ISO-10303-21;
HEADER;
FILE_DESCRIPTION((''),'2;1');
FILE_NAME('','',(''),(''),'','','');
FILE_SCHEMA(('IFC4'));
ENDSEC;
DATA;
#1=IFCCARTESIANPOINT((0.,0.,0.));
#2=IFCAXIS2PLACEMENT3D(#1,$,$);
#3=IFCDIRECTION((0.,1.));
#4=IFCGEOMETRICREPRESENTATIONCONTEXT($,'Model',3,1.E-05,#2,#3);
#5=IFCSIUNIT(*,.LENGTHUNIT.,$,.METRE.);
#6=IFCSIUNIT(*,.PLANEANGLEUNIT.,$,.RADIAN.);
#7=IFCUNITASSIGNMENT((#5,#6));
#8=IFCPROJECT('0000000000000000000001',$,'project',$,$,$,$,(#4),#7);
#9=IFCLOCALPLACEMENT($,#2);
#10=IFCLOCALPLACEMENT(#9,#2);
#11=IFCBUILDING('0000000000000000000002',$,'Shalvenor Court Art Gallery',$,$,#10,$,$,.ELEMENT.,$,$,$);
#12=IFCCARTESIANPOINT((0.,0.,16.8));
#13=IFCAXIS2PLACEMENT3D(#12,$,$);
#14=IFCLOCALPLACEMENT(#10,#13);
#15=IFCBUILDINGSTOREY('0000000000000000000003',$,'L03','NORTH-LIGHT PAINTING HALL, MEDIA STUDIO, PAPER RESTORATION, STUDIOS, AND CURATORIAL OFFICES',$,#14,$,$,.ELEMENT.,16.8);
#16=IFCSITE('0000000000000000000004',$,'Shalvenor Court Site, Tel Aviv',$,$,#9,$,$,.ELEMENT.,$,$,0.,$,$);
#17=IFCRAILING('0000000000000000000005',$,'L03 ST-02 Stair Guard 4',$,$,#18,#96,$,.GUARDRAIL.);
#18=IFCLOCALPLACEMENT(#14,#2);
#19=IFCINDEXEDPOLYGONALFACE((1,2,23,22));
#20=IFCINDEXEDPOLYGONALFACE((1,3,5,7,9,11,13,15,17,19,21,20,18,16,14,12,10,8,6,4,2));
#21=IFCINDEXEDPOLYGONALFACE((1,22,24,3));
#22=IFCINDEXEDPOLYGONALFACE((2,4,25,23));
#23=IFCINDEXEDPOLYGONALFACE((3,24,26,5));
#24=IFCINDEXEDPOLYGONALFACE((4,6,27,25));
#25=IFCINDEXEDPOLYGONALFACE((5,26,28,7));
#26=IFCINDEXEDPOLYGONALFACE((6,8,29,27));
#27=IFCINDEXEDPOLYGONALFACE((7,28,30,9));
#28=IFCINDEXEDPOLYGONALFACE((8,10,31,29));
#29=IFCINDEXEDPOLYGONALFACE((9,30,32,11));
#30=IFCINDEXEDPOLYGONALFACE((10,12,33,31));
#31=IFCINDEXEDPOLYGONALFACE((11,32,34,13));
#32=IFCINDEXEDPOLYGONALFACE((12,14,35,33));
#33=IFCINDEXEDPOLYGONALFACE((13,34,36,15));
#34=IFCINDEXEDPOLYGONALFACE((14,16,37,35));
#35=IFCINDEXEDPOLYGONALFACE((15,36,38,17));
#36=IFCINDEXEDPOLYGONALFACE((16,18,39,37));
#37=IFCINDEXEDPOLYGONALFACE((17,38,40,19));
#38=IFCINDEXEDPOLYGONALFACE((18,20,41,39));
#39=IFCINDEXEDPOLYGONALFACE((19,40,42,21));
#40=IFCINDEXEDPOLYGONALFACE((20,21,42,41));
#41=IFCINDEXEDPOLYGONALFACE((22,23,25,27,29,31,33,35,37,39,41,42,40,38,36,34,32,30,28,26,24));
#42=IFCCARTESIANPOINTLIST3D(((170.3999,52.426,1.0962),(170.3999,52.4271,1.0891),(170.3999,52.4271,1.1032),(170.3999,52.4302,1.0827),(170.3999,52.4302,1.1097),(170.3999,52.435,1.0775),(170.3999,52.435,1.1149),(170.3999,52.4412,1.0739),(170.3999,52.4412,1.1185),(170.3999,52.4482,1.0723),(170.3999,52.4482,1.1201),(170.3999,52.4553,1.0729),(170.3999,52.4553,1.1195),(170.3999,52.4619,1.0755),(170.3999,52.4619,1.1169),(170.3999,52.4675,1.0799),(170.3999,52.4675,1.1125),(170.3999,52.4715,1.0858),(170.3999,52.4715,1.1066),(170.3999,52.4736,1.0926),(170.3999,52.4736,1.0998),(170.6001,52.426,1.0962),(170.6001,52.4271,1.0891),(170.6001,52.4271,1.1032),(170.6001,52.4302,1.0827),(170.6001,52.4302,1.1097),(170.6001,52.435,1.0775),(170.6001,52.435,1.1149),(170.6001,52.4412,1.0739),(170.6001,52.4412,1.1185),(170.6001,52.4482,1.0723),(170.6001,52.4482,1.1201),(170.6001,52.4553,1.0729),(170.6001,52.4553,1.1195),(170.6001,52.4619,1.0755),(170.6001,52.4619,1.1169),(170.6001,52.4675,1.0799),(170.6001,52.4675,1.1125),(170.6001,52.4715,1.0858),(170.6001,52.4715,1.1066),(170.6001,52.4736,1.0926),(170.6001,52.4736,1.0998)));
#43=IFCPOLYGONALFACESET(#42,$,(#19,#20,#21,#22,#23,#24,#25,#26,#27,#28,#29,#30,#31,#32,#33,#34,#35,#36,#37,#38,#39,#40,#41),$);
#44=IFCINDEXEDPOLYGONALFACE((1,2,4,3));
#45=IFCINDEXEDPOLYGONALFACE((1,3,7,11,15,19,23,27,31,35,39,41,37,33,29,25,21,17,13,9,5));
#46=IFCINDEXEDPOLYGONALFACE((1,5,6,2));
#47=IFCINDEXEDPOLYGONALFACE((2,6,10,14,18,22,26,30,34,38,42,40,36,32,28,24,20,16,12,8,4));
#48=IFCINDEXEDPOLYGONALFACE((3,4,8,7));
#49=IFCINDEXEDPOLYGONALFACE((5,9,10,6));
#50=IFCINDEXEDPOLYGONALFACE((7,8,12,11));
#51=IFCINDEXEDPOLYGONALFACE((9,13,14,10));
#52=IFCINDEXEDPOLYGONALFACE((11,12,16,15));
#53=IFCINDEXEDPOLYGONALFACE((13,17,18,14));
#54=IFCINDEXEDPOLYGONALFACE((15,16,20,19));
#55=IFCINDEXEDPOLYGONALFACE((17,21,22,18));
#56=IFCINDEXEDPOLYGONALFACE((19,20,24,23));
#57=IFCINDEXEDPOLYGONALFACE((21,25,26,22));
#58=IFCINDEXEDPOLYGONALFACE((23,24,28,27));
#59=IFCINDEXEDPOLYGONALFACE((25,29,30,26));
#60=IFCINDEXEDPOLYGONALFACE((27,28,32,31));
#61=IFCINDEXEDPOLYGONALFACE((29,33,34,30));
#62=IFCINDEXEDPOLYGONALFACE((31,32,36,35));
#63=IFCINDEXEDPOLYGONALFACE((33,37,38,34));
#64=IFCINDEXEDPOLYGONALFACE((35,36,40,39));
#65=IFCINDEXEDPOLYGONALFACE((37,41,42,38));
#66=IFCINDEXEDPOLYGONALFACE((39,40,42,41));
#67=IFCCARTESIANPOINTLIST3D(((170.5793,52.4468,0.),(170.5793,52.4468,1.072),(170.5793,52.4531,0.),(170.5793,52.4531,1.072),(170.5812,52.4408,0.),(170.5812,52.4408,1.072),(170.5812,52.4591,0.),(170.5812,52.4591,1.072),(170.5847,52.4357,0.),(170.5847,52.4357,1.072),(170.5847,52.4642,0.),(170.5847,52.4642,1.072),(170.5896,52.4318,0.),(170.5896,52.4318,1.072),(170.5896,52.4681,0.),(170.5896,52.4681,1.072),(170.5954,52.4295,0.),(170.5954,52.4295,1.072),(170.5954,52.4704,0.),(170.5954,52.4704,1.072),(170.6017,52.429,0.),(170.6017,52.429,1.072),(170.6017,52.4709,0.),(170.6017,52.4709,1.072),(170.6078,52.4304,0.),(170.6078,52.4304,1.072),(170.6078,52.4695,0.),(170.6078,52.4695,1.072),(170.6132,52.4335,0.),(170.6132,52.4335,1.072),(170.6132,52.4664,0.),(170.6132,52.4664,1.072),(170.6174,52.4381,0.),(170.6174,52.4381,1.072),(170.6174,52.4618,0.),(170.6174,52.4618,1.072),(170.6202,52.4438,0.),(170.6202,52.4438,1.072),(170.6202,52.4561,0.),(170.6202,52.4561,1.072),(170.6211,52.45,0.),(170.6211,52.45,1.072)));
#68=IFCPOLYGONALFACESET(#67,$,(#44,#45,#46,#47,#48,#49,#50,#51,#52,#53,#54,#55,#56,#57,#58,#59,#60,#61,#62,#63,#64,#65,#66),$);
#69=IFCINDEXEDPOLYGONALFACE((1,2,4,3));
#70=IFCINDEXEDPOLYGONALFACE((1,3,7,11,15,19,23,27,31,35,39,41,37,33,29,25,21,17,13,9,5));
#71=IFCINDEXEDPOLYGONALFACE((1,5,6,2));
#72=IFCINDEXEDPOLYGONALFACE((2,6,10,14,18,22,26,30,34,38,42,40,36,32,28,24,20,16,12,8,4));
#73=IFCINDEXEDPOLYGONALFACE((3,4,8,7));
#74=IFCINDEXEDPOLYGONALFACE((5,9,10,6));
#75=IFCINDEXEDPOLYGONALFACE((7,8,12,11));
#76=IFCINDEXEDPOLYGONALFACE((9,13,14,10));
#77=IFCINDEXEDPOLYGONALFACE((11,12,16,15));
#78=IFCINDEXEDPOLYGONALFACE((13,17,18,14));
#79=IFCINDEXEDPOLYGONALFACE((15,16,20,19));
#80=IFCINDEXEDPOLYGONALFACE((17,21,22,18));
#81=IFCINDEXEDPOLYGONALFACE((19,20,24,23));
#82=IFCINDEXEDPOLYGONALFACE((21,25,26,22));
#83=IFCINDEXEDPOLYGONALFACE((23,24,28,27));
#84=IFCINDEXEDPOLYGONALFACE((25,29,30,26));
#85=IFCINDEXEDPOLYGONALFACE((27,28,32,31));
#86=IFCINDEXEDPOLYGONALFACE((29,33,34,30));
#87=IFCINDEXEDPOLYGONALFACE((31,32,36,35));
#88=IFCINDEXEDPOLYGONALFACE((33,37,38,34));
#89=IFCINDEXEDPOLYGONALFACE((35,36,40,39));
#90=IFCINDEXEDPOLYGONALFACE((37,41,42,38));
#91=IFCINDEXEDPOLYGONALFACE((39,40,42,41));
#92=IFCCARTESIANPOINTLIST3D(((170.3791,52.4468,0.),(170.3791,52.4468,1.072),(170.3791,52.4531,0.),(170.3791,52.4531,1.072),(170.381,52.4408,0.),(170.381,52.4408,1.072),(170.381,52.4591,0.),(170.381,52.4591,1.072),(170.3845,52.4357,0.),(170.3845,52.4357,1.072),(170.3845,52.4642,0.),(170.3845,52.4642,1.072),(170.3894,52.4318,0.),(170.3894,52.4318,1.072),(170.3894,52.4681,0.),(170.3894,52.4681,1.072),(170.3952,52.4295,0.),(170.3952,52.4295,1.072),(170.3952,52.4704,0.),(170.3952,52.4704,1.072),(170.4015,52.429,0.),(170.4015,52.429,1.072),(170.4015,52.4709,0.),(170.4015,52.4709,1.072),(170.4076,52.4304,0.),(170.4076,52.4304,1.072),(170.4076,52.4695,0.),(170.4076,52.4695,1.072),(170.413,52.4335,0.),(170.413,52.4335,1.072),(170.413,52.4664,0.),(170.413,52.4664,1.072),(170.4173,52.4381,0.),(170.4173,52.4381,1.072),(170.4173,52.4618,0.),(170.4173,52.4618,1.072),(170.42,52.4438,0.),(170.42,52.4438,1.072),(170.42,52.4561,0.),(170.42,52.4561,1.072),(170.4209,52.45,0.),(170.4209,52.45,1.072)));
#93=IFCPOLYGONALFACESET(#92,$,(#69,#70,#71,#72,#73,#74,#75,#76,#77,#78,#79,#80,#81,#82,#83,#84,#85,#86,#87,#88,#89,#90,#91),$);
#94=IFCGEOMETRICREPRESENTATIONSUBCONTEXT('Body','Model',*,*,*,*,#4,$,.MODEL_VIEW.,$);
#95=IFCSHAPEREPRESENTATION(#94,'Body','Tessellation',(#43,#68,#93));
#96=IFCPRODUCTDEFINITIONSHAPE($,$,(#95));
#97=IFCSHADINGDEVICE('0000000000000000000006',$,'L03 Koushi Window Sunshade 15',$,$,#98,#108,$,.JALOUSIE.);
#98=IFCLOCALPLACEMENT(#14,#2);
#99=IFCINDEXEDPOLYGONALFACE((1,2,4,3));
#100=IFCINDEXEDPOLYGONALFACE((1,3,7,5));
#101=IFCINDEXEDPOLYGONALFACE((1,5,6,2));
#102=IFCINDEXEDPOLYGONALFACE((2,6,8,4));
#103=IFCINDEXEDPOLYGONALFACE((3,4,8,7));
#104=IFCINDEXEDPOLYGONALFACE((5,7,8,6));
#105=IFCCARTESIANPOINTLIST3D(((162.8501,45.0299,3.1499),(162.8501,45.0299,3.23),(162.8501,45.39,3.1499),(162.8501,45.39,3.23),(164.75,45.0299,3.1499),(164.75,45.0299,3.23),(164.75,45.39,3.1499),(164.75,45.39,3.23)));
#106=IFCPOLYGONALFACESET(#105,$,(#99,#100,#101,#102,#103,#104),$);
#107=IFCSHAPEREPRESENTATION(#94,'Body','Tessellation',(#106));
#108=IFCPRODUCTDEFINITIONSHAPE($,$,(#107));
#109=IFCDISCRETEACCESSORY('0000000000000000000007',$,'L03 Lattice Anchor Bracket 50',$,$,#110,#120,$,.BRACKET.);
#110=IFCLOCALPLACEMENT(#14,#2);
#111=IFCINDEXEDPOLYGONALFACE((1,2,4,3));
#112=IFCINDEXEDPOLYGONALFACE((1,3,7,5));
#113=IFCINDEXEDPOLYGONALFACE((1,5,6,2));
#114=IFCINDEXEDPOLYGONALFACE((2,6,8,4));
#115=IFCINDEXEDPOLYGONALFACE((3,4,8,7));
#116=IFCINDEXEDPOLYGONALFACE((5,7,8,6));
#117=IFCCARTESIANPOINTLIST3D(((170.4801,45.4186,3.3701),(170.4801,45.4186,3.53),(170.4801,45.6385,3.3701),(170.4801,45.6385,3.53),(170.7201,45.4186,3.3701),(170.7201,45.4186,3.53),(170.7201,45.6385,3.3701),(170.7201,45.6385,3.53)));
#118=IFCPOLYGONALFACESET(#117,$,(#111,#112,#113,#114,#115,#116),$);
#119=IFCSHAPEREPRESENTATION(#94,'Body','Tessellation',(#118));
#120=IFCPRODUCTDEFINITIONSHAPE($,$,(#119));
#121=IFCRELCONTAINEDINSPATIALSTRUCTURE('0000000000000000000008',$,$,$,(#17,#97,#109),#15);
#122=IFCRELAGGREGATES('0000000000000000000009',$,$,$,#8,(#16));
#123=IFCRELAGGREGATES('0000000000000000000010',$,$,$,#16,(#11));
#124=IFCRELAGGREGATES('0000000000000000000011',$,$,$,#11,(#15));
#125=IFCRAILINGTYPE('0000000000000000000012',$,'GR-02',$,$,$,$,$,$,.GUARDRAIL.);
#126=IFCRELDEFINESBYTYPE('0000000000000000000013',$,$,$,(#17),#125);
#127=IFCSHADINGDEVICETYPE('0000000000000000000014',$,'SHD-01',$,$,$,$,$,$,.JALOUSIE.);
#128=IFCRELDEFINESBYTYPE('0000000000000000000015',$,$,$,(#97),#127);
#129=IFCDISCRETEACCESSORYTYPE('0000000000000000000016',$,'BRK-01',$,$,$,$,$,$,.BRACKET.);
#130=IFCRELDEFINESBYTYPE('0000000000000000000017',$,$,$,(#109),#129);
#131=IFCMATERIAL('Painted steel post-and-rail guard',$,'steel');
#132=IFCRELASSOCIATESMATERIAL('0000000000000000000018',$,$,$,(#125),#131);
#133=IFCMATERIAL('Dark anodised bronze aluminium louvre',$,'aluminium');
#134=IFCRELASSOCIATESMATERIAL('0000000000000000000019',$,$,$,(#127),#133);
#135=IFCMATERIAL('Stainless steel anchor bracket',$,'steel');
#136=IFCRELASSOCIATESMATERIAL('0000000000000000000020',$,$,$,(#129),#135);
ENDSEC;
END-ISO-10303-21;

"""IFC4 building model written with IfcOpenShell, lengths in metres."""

from ifc_helpers import new_model, si_unit, direction, frame, origin, origin_2d, place, context, subcontext, project, spatial, rectangle, circle, extrude, material, type_object, element, save


model = new_model("IFC4")

# Units and contexts
model_context = context("Model", 3, precision=1e-05, world=origin(), true_north=direction((0.0, 1.0)))
body_context = subcontext(model_context, "Body", "Model", "MODEL_VIEW")
ifc_project = project(units=[si_unit("LENGTHUNIT", "METRE"), si_unit("PLANEANGLEUNIT", "RADIAN")], contexts=[model_context])

# Site, building, storey
site_placement = place(None, origin())
site = spatial("IfcSite", under=ifc_project, at=site_placement, Name="Shalvenor Court Site, Tel Aviv", CompositionType="ELEMENT", RefElevation=0.0)
building_placement = place(site_placement, origin())
building = spatial("IfcBuilding", under=site, at=building_placement, Name="Shalvenor Court Art Gallery", CompositionType="ELEMENT")
storey_placement = place(building_placement, frame((0.0, 0.0, 16.8)))
storey = spatial("IfcBuildingStorey", under=building, at=storey_placement, Name="L03", Description="NORTH-LIGHT PAINTING HALL, MEDIA STUDIO, PAPER RESTORATION, STUDIOS, AND CURATORIAL OFFICES", CompositionType="ELEMENT", Elevation=16.8)

# Railing
ifc_material_1 = material(Name="Painted steel post-and-rail guard", Category="steel")
railing_type = type_object("IfcRailingType", Name="GR-02", PredefinedType="GUARDRAIL", material=ifc_material_1)
railing_1_placement = place(storey_placement, frame((170.6001, 52.45, 0.0)))
element("IfcRailing", 1, at=railing_1_placement, inside=storey, type_object=railing_type, Name="L03 ST-02 Stair Guard 4", PredefinedType="GUARDRAIL", context=body_context, shape_type="SweptSolid", body=[
    extrude(circle(Radius=0.0239, at=origin_2d()), frame((0.0, 0.0, 1.0962), z_axis=(-1.0, 0.0, 0.0), x_axis=(0.0, -1.0, 0.0)), (0.0, 0.0, 1.0), 0.2002),
    extrude(circle(Radius=0.021, at=origin_2d()), origin(), (0.0, 0.0, 1.0), 1.072),
    extrude(circle(Radius=0.021, at=origin_2d()), frame((-0.2002, 0.0, 0.0)), (0.0, 0.0, 1.0), 1.072),
])

# Shading device
ifc_material_2 = material(Name="Dark anodised bronze aluminium louvre", Category="aluminium")
shading_device_type = type_object("IfcShadingDeviceType", Name="SHD-01", PredefinedType="JALOUSIE", material=ifc_material_2)
shading_device_placement = place(storey_placement, frame((163.8, 45.21, 3.1499), z_axis=(0.0, 0.0, 1.0), x_axis=(-1.0, 0.0, 0.0)))
element("IfcShadingDevice", 2, at=shading_device_placement, inside=storey, type_object=shading_device_type, Name="L03 Koushi Window Sunshade 15", PredefinedType="JALOUSIE", context=body_context, shape_type="SweptSolid", body=[
    extrude(rectangle(XDim=1.8999, YDim=0.3601, at=origin_2d()), origin(), (0.0, 0.0, 1.0), 0.0801),
])

# Discrete accessory
ifc_material_3 = material(Name="Stainless steel anchor bracket", Category="steel")
discrete_accessory_type = type_object("IfcDiscreteAccessoryType", Name="BRK-01", PredefinedType="BRACKET", material=ifc_material_3)
discrete_accessory_placement = place(storey_placement, frame((170.6001, 45.5286, 3.3701), z_axis=(0.0, 0.0, 1.0), x_axis=(-1.0, 0.0, 0.0)))
element("IfcDiscreteAccessory", 3, at=discrete_accessory_placement, inside=storey, type_object=discrete_accessory_type, Name="L03 Lattice Anchor Bracket 50", PredefinedType="BRACKET", context=body_context, shape_type="SweptSolid", body=[
    extrude(rectangle(XDim=0.24, YDim=0.22, at=origin_2d()), origin(), (0.0, 0.0, 1.0), 0.1599),
])

save(model, "model.ifc")
